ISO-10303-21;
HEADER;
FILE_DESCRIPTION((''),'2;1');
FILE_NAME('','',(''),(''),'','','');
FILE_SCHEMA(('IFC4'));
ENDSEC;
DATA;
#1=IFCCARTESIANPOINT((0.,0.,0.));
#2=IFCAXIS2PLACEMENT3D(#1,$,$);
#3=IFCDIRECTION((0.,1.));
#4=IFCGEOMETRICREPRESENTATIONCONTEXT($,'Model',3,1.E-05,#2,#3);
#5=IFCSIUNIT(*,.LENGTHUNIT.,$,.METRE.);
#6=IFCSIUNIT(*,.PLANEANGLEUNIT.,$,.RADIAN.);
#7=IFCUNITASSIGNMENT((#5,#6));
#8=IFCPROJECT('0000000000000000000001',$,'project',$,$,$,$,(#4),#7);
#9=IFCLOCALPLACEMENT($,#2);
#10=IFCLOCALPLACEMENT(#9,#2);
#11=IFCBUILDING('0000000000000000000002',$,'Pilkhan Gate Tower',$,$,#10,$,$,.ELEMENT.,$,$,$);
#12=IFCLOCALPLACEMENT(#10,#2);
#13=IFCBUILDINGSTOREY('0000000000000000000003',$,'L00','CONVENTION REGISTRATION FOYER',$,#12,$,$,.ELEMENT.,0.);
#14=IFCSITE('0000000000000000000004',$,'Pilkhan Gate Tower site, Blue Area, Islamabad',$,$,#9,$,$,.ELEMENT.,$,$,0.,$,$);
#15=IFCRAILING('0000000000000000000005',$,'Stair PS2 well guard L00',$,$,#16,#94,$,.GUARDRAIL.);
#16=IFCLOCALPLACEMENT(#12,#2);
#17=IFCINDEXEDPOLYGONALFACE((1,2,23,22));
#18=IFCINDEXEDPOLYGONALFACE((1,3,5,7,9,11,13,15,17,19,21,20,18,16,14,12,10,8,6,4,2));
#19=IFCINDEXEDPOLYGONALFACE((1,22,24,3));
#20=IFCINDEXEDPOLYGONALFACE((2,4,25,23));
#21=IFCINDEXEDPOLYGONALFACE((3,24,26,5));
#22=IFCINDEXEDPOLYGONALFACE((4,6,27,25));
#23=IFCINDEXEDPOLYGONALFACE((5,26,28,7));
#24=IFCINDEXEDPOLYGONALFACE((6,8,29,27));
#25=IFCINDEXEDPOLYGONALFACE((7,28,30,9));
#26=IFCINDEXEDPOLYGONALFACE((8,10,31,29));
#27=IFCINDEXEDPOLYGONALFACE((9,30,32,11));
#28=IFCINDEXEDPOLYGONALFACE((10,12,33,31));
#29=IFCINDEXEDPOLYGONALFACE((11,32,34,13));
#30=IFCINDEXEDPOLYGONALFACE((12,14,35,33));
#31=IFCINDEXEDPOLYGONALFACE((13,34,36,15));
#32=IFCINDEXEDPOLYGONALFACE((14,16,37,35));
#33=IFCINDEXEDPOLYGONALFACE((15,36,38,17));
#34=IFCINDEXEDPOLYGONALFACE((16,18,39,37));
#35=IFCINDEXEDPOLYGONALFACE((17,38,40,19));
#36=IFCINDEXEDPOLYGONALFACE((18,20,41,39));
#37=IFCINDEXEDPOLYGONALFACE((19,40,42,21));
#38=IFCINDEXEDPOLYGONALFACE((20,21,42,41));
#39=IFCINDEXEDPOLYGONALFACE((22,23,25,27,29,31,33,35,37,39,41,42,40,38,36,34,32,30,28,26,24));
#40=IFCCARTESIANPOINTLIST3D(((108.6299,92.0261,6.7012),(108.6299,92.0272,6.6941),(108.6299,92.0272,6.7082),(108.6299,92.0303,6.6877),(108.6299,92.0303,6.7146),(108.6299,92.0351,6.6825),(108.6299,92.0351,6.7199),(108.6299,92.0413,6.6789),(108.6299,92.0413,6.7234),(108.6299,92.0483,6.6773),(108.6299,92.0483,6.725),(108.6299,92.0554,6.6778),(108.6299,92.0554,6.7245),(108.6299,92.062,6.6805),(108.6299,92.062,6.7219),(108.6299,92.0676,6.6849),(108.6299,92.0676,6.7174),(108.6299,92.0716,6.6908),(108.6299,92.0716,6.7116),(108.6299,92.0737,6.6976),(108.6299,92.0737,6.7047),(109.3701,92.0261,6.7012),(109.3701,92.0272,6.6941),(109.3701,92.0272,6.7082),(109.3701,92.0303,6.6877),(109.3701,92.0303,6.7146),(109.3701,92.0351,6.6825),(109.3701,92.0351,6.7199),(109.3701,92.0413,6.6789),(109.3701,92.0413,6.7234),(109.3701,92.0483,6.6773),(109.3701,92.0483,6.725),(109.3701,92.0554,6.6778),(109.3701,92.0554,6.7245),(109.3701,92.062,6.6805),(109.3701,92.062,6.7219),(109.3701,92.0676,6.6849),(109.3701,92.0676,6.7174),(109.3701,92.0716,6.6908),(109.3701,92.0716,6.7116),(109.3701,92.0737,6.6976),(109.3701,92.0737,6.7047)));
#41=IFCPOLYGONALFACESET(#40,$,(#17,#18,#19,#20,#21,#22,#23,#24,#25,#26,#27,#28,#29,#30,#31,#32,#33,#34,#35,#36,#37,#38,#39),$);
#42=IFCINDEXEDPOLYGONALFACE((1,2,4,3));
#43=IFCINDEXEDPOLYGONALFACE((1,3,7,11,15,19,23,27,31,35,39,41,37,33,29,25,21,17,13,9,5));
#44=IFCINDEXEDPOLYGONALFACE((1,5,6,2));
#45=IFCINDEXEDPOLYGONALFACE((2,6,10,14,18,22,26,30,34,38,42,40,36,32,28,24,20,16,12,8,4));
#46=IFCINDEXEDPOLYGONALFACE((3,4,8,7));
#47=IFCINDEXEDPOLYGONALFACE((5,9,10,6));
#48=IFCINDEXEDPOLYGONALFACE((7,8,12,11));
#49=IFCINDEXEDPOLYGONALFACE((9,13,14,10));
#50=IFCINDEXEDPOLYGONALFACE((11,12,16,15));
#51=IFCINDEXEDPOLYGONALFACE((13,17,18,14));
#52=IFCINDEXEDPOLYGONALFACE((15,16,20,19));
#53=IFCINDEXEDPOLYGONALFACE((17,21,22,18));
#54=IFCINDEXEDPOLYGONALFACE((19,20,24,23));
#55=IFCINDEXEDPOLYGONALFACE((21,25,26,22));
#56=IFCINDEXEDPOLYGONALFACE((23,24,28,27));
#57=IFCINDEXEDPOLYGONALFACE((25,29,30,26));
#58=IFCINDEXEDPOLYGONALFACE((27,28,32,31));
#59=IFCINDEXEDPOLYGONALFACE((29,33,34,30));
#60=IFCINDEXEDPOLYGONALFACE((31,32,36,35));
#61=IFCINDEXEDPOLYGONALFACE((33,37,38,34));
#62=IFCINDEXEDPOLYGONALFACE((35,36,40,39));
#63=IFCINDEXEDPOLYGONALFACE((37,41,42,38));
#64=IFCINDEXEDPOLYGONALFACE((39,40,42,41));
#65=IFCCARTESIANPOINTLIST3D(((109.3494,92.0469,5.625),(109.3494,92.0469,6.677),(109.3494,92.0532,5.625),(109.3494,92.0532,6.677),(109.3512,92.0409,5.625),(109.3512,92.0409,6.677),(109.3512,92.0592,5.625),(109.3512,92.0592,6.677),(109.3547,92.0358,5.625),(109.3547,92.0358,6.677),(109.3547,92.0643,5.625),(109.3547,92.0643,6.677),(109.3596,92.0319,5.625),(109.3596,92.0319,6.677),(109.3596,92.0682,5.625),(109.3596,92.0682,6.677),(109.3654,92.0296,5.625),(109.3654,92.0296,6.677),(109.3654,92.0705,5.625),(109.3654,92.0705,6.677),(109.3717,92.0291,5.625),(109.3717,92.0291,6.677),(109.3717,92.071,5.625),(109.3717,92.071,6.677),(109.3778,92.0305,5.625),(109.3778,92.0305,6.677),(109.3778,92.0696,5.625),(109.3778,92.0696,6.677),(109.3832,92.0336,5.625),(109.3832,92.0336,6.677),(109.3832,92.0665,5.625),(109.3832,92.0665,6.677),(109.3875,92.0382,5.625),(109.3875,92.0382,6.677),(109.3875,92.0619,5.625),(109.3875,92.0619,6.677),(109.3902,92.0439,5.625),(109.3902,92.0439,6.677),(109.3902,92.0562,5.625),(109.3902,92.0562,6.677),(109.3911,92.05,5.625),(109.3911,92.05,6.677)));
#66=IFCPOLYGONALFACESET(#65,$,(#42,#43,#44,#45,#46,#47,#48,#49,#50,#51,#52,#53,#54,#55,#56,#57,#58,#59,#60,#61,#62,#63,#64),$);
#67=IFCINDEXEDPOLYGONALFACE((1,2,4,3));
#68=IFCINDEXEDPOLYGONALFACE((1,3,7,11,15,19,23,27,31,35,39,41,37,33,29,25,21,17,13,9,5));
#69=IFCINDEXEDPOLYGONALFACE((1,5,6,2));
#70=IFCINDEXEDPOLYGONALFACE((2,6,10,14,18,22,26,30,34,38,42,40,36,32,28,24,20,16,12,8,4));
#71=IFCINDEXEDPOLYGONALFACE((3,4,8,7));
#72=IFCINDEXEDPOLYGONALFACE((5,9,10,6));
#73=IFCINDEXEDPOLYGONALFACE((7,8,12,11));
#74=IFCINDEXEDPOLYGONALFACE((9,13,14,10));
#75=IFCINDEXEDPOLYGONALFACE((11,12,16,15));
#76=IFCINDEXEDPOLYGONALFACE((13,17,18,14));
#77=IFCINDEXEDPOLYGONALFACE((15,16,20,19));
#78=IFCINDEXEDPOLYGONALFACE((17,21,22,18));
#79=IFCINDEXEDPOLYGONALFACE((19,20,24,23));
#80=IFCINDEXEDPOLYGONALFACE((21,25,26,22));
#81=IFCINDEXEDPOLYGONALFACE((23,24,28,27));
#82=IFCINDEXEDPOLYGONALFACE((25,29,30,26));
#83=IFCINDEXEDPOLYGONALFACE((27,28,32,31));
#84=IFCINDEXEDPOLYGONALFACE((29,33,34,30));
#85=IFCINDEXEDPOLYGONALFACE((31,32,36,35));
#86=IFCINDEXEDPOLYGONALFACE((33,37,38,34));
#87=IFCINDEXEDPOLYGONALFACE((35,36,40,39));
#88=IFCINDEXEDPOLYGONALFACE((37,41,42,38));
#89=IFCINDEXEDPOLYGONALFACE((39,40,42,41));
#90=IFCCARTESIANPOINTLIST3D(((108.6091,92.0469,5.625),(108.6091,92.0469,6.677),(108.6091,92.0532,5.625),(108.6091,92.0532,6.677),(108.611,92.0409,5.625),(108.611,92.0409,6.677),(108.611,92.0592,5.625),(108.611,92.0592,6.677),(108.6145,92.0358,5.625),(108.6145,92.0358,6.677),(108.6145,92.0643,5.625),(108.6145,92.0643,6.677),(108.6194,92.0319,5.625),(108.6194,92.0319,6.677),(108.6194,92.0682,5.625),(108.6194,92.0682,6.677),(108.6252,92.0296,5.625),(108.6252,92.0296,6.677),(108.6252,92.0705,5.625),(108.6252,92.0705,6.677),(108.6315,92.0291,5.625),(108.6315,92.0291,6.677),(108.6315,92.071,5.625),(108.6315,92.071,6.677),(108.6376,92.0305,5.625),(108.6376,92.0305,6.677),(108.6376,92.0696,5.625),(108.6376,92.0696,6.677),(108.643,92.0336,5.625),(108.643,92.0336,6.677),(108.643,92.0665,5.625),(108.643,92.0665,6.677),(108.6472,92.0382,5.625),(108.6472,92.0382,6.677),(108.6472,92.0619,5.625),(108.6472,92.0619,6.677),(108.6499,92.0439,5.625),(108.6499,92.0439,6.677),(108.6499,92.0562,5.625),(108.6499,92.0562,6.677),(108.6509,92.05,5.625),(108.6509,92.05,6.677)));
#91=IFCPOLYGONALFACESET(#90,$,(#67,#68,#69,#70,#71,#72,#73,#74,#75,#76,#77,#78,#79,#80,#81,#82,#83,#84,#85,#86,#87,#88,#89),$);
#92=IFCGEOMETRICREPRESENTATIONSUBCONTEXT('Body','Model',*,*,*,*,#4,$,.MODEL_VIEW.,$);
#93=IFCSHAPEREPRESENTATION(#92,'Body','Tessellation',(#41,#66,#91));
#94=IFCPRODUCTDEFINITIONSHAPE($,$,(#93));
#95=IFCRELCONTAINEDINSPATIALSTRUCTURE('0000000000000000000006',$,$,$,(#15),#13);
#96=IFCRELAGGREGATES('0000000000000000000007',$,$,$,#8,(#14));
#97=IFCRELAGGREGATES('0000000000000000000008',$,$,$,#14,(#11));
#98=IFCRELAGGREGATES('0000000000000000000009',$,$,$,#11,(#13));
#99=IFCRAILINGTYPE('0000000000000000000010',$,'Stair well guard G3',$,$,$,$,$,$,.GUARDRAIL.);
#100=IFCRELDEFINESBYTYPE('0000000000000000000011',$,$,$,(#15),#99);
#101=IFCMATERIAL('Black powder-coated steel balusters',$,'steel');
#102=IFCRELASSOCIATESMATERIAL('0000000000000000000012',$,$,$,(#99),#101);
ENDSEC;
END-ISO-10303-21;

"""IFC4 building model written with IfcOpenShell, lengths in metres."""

from ifc_helpers import new_model, si_unit, direction, frame, origin, origin_2d, place, context, subcontext, project, spatial, circle, extrude, material, type_object, element, save


model = new_model("IFC4")

# Units and contexts
model_context = context("Model", 3, precision=1e-05, world=origin(), true_north=direction((0.0, 1.0)))
body_context = subcontext(model_context, "Body", "Model", "MODEL_VIEW")
ifc_project = project(units=[si_unit("LENGTHUNIT", "METRE"), si_unit("PLANEANGLEUNIT", "RADIAN")], contexts=[model_context])

# Site, building, storey
site_placement = place(None, origin())
site = spatial("IfcSite", under=ifc_project, at=site_placement, Name="Pilkhan Gate Tower site, Blue Area, Islamabad", CompositionType="ELEMENT", RefElevation=0.0)
building_placement = place(site_placement, origin())
building = spatial("IfcBuilding", under=site, at=building_placement, Name="Pilkhan Gate Tower", CompositionType="ELEMENT")
storey_placement = place(building_placement, origin())
storey = spatial("IfcBuildingStorey", under=building, at=storey_placement, Name="L00", Description="CONVENTION REGISTRATION FOYER", CompositionType="ELEMENT", Elevation=0.0)

# Railing
ifc_material_1 = material(Name="Black powder-coated steel balusters", Category="steel")
railing_type_1 = type_object("IfcRailingType", Name="Stair well guard G3", PredefinedType="GUARDRAIL", material=ifc_material_1)
railing_placement = place(storey_placement, frame((109.3701, 92.05, 5.625)))
element("IfcRailing", 1, at=railing_placement, inside=storey, type_object=railing_type_1, Name="Stair PS2 well guard L00", PredefinedType="GUARDRAIL", context=body_context, shape_type="SweptSolid", body=[
    extrude(circle(Radius=0.0239, at=origin_2d()), frame((0.0, 0.0, 1.0762), z_axis=(-1.0, 0.0, 0.0), x_axis=(0.0, -1.0, 0.0)), (0.0, 0.0, 1.0), 0.7402),
    extrude(circle(Radius=0.021, at=origin_2d()), origin(), (0.0, 0.0, 1.0), 1.052),
    extrude(circle(Radius=0.021, at=origin_2d()), frame((-0.7402, 0.0, 0.0)), (0.0, 0.0, 1.0), 1.052),
])

save(model, "model.ifc")
